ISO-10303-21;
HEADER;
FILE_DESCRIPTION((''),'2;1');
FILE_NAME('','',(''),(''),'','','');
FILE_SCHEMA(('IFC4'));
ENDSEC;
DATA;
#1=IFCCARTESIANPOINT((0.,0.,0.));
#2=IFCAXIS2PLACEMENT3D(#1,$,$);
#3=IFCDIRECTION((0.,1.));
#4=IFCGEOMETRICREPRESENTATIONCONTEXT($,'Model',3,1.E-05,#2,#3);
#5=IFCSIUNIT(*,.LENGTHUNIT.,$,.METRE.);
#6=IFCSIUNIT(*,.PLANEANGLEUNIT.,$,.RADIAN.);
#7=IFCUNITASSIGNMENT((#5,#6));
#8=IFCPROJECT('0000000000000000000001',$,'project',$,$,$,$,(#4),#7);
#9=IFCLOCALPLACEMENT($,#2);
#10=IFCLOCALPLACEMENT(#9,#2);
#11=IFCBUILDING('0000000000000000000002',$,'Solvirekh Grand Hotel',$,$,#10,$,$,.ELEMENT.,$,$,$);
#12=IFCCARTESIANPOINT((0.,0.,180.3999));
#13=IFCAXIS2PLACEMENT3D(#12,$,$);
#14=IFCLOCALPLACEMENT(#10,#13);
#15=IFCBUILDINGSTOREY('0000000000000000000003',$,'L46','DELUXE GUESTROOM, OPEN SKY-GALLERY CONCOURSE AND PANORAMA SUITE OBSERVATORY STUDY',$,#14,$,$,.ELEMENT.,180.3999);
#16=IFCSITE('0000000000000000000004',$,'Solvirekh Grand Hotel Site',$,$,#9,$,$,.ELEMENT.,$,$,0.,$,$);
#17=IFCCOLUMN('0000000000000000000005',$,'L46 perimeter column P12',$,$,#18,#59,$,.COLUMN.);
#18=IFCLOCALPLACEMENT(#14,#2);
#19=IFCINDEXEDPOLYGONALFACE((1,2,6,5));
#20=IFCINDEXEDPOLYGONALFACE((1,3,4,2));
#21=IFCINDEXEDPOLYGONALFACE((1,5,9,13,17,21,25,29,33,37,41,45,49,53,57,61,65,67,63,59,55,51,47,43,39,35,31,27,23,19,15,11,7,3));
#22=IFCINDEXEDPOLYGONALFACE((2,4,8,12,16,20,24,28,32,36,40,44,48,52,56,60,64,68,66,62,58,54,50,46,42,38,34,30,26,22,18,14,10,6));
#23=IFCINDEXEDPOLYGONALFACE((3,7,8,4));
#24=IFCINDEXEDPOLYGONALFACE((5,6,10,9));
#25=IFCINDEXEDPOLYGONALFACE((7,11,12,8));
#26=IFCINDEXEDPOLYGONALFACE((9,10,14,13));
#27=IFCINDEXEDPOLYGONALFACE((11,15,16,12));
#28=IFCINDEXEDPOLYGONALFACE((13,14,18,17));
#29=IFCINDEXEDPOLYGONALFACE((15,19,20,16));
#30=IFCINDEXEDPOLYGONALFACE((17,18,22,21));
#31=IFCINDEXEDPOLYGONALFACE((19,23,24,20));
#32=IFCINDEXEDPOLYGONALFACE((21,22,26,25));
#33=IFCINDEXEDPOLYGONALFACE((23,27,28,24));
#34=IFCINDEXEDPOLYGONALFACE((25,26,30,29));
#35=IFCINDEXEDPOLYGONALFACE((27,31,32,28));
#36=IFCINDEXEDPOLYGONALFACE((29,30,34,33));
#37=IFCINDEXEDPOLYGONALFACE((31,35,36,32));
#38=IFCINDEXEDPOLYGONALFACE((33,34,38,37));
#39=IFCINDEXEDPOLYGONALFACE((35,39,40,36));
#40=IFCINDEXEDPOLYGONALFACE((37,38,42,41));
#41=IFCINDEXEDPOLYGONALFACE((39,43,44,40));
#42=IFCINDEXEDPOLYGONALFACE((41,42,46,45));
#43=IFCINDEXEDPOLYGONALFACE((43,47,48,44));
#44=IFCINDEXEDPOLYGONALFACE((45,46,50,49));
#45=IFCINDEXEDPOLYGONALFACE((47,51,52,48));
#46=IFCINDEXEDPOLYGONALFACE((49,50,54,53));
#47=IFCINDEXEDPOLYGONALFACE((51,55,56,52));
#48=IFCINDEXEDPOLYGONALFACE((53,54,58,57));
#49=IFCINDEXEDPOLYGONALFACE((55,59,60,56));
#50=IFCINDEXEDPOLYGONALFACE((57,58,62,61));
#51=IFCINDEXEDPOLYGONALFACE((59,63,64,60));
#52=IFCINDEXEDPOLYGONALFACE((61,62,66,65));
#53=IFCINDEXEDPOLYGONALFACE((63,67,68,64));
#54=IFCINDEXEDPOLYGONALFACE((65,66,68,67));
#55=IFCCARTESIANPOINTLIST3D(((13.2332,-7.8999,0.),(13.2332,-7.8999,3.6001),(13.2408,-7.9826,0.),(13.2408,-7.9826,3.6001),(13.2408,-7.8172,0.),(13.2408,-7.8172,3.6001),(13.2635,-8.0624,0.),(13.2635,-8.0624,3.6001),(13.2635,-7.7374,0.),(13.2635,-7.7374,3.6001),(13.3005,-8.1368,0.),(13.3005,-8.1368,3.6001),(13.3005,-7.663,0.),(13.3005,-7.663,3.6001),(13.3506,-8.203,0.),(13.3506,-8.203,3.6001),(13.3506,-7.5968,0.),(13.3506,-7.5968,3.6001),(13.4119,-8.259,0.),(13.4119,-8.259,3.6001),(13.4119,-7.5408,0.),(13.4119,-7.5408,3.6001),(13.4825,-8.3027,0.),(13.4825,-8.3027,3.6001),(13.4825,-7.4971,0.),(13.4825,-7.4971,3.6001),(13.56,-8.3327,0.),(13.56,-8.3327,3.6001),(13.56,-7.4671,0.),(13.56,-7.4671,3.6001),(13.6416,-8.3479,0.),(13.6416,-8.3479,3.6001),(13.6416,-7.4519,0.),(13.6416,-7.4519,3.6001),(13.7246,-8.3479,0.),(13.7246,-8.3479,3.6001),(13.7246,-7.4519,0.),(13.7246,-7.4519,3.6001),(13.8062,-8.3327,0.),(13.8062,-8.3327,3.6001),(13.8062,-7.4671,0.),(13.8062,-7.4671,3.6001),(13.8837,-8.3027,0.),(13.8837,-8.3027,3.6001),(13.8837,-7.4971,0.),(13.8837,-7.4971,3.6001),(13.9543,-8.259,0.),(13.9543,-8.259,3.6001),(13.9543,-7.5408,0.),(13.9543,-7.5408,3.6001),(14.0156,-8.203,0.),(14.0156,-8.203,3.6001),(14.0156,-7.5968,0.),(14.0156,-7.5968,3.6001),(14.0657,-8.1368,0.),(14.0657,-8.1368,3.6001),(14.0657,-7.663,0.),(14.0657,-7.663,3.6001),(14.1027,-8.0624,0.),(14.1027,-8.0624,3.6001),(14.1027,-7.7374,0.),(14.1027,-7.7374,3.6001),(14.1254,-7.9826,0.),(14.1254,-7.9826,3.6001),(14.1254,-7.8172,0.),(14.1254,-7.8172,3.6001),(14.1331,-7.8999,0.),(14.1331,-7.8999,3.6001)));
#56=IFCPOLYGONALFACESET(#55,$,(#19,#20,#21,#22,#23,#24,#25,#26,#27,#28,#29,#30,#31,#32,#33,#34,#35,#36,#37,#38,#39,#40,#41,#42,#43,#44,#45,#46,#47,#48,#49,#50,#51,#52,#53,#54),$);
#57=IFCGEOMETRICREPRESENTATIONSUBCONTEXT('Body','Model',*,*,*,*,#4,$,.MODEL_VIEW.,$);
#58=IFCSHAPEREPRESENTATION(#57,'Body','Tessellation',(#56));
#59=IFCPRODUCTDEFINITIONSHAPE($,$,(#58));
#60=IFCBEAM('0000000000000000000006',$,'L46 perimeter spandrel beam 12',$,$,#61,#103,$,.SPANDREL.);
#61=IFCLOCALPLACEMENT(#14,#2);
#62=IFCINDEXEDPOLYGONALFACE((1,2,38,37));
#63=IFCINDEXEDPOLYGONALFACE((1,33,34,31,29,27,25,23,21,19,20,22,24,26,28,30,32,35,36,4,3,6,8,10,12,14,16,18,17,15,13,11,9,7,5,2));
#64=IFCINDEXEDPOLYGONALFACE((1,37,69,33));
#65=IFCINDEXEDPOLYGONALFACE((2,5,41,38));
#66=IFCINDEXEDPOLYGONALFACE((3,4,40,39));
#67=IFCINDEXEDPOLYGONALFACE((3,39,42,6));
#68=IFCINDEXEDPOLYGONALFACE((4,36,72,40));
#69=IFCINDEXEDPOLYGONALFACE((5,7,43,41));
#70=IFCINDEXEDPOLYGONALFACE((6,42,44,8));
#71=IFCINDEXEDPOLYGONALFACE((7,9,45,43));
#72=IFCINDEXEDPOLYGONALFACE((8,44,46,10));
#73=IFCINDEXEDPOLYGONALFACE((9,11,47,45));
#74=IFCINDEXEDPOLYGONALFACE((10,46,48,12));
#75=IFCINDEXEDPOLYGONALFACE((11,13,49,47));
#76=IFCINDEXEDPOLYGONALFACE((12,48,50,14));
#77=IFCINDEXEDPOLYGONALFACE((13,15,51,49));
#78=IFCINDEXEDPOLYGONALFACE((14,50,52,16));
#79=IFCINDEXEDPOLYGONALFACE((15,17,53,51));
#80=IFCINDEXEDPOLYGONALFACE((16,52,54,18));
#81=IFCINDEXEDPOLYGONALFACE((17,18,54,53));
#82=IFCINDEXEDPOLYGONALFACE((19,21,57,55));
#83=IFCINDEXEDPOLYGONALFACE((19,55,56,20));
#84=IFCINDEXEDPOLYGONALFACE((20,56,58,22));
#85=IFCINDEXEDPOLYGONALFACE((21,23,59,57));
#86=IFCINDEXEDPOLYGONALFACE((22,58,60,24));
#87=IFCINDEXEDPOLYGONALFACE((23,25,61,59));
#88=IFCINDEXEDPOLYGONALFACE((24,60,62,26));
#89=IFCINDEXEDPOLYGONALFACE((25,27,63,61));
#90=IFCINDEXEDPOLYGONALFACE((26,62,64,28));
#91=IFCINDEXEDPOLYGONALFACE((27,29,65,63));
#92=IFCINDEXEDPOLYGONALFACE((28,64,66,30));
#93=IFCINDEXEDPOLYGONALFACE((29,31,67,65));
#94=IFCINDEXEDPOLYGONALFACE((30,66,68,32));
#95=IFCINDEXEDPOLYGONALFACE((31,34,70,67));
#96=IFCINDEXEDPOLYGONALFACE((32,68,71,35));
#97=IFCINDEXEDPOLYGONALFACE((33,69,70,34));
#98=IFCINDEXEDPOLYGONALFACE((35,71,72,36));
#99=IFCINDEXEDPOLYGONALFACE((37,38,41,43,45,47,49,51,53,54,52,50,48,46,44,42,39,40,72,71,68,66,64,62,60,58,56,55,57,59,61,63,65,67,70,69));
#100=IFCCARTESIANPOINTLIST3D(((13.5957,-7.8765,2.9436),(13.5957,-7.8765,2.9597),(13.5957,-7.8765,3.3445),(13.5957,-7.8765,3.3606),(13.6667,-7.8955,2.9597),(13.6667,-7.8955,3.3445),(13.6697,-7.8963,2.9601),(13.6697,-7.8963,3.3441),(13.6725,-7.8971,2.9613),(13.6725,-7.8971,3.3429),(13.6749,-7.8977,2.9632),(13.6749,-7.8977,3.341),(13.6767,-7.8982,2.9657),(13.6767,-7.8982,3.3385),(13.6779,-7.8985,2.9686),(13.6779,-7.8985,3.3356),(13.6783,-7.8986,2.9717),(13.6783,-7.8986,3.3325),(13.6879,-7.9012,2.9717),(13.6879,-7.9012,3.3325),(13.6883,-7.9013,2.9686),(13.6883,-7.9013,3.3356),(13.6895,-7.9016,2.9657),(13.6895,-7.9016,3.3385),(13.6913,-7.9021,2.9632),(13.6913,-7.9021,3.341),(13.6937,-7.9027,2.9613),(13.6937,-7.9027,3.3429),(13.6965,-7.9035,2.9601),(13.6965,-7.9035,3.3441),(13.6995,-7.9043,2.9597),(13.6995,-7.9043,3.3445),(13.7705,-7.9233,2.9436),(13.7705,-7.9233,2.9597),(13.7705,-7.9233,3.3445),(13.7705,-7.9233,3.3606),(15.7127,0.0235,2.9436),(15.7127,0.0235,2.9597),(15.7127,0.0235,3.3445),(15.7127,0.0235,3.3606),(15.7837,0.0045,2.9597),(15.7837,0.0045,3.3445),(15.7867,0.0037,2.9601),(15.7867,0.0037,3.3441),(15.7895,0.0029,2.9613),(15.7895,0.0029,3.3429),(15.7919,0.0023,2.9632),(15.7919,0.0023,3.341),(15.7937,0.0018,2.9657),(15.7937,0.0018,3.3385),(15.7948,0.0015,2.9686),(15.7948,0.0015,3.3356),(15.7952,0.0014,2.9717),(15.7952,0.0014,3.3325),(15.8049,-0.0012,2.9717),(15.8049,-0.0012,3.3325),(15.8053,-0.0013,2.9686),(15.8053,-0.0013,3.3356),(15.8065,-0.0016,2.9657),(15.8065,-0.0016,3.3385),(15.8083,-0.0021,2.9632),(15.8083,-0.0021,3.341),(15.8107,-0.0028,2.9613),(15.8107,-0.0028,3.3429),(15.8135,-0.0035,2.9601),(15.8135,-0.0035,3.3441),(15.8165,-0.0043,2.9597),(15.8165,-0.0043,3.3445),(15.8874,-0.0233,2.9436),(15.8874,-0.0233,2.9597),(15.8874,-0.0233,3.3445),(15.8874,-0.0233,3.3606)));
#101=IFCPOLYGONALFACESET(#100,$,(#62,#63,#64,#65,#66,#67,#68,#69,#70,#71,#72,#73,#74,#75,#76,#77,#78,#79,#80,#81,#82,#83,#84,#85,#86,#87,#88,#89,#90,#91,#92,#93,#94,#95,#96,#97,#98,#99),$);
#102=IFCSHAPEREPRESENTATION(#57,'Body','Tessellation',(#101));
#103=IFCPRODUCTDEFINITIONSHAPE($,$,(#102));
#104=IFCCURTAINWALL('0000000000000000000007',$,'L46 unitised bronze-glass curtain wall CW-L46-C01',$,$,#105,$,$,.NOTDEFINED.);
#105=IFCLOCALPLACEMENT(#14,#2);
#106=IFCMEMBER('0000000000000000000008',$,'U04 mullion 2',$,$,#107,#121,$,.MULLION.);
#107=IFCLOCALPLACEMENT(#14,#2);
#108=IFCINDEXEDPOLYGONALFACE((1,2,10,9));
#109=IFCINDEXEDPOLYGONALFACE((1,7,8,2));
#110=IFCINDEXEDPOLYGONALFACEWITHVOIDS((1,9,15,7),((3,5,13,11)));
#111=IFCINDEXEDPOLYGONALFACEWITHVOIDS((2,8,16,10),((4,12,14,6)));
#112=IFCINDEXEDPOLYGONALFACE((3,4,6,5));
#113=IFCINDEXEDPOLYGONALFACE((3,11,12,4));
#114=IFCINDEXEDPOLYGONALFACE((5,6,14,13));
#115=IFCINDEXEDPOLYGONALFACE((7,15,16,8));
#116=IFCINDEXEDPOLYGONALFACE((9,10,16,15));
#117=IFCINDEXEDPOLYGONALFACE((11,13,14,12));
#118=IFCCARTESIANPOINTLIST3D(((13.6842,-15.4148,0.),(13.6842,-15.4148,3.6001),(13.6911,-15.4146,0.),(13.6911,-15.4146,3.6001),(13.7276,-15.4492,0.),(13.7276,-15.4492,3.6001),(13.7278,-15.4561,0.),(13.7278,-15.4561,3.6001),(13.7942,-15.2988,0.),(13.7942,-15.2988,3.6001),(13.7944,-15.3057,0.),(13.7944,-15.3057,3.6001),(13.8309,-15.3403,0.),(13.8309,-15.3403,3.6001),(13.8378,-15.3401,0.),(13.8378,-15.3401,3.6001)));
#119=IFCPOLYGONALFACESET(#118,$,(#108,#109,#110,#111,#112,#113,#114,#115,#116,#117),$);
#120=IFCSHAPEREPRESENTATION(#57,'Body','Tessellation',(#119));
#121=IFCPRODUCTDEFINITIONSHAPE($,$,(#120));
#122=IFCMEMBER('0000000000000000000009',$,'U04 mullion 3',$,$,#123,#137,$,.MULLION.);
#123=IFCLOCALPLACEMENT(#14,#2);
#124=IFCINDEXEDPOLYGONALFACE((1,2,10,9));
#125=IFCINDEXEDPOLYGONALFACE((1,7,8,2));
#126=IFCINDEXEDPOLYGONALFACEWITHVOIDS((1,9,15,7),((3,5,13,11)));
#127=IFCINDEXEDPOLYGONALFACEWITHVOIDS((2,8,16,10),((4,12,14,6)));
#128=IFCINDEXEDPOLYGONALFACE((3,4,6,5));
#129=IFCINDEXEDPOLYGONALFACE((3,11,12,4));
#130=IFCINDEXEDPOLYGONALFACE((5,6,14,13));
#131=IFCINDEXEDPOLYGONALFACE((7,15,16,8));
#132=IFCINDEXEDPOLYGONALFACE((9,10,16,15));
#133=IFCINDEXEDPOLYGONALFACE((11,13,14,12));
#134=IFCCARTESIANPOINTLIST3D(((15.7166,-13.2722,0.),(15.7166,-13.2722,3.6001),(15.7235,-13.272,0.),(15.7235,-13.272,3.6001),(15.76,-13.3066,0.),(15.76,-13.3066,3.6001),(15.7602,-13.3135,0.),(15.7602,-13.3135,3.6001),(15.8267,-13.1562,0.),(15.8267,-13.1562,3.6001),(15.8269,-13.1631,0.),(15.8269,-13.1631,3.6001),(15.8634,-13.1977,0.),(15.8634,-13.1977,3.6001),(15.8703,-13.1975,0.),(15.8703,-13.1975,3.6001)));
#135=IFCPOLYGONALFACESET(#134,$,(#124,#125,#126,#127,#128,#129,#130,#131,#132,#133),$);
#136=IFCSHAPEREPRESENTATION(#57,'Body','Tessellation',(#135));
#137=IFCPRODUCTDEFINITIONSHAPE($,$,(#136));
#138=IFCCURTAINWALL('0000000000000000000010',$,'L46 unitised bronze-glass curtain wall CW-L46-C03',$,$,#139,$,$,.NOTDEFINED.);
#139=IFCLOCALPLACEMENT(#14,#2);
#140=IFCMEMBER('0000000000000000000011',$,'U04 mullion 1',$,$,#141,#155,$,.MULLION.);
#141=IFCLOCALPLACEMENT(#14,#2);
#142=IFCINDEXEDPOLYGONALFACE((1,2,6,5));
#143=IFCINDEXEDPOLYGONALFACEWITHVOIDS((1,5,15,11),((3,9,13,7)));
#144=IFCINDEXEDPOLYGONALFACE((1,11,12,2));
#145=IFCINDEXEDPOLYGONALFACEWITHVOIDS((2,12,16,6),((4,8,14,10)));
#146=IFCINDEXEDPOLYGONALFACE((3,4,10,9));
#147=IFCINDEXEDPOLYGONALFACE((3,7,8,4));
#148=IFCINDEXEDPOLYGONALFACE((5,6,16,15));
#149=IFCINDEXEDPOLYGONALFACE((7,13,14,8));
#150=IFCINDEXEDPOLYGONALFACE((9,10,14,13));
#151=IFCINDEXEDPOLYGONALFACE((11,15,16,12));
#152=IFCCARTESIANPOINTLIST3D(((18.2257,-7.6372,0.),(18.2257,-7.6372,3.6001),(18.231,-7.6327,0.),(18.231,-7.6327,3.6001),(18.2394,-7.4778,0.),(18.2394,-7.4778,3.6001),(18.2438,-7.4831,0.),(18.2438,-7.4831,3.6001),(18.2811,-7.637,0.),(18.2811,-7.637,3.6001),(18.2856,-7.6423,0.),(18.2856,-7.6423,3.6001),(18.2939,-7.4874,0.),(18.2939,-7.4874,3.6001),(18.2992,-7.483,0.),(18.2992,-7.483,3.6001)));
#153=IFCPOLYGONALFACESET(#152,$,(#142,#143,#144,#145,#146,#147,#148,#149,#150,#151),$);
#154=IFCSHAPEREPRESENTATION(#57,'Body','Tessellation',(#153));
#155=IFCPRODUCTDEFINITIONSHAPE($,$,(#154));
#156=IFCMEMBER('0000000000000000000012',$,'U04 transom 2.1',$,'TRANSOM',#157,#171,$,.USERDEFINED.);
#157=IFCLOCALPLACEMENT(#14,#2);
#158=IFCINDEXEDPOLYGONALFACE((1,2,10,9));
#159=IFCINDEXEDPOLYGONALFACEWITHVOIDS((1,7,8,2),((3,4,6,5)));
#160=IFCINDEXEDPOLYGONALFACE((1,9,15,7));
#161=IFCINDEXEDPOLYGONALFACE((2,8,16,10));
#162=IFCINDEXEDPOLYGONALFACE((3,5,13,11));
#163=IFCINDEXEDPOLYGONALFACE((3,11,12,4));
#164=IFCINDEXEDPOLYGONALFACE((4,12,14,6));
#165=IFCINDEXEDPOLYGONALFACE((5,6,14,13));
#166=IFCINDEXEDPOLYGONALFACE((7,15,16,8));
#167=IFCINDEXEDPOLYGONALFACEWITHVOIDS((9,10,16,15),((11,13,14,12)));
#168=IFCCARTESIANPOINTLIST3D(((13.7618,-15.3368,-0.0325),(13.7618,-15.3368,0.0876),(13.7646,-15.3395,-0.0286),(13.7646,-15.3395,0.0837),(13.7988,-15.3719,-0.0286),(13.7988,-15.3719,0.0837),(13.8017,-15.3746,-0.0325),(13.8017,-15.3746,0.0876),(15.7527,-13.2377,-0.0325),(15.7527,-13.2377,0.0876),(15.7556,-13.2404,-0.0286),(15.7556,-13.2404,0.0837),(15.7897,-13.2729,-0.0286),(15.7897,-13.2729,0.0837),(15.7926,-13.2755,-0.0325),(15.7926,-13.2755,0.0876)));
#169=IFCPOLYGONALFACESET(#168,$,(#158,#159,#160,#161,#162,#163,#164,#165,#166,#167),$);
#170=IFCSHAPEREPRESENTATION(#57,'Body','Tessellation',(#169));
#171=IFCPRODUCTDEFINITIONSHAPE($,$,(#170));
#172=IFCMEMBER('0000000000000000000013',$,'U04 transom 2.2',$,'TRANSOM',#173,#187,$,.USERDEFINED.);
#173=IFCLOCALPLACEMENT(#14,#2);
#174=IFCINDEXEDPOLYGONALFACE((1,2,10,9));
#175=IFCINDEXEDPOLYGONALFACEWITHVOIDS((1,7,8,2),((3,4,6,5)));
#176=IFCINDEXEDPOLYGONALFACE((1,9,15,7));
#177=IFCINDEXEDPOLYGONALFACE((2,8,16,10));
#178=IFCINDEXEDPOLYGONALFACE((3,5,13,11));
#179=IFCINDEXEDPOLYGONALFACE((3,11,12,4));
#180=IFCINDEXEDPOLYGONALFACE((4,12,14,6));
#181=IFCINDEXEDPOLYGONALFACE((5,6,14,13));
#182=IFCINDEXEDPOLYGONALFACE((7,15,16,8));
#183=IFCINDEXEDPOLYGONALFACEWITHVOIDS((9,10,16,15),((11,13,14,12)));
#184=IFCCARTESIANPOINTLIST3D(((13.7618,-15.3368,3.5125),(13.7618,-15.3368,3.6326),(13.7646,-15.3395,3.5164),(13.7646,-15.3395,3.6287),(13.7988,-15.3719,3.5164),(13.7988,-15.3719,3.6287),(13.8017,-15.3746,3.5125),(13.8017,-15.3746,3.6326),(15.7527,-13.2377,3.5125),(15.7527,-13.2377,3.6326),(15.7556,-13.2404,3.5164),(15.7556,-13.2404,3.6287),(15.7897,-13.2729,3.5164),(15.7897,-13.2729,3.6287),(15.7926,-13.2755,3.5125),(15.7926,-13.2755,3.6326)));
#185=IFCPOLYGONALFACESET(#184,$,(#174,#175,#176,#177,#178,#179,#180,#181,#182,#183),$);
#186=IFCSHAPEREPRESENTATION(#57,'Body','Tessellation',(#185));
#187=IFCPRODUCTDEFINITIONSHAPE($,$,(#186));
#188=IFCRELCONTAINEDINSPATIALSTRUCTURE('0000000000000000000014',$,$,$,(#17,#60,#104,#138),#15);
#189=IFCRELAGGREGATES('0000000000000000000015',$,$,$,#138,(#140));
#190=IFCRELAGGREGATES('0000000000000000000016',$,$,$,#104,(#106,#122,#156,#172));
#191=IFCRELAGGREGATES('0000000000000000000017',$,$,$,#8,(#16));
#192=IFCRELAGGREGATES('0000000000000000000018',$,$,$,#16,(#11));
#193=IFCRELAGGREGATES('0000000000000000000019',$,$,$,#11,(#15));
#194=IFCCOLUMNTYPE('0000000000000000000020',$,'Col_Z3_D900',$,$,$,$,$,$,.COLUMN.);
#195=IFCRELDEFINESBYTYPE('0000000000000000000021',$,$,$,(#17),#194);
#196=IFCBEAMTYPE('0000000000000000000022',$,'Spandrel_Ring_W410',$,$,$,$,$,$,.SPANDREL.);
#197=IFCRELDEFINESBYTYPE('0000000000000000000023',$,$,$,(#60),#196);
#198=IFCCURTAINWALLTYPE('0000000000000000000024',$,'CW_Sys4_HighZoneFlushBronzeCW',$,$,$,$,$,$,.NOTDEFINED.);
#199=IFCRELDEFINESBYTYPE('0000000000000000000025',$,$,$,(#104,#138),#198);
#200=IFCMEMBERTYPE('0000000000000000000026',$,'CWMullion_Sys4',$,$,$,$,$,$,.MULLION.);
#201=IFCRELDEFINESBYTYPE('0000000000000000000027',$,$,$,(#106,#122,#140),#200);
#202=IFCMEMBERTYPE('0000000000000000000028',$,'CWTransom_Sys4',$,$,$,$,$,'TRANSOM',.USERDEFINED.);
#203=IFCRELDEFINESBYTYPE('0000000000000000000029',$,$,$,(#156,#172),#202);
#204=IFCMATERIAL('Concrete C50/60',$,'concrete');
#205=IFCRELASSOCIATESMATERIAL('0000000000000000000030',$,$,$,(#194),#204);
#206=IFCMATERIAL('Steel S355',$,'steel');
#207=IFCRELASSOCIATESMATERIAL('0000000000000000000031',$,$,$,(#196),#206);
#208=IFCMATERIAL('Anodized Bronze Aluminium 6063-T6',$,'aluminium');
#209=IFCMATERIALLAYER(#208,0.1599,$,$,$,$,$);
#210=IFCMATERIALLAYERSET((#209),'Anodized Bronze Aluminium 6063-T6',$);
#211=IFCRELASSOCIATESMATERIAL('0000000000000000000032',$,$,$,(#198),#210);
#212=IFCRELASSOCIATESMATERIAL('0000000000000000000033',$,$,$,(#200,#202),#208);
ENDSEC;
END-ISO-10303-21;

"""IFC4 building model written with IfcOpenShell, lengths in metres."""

from ifc_helpers import new_model, si_unit, direction, frame, origin, origin_2d, place, context, subcontext, project, spatial, hollow_rectangle, circle, i_section, extrude, source, transform, mapped, material, layer, layer_set, material_profile, profile_set, type_object, element, aggregate, save


model = new_model("IFC4")

# Units and contexts
model_context = context("Model", 3, precision=1e-05, world=origin(), true_north=direction((0.0, 1.0)))
body_context = subcontext(model_context, "Body", "Model", "MODEL_VIEW")
ifc_project = project(units=[si_unit("LENGTHUNIT", "METRE"), si_unit("PLANEANGLEUNIT", "RADIAN")], contexts=[model_context])

# Site, building, storey
site_placement = place(None, origin())
site = spatial("IfcSite", under=ifc_project, at=site_placement, Name="Solvirekh Grand Hotel Site", CompositionType="ELEMENT", RefElevation=0.0)
building_placement = place(site_placement, origin())
building = spatial("IfcBuilding", under=site, at=building_placement, Name="Solvirekh Grand Hotel", CompositionType="ELEMENT")
storey_placement = place(building_placement, frame((0.0, 0.0, 180.3999)))
storey = spatial("IfcBuildingStorey", under=building, at=storey_placement, Name="L46", Description="DELUXE GUESTROOM, OPEN SKY-GALLERY CONCOURSE AND PANORAMA SUITE OBSERVATORY STUDY", CompositionType="ELEMENT", Elevation=180.3999)

# Column
ifc_material_1 = material(Name="Concrete C50/60", Category="concrete")
ifc_material_profile_1 = material_profile(ifc_material_1, circle(Radius=0.45, at=origin_2d()), Name="RC CIRC D900")
ifc_profile_set_1 = profile_set([ifc_material_profile_1], Name="Concrete C50/60")
column_type = type_object("IfcColumnType", Name="Col_Z3_D900", PredefinedType="COLUMN", material=ifc_profile_set_1)
column_placement = place(storey_placement, frame((13.6831, -7.8999, 0.0), z_axis=(0.0, 0.0, 1.0), x_axis=(1.0, 0.0, 0.0)))
element("IfcColumn", 1, at=column_placement, inside=storey, type_object=column_type, Name="L46 perimeter column P12", PredefinedType="COLUMN", context=body_context, shape_type="SweptSolid", body=[
    extrude(circle(Radius=0.45, at=origin_2d()), origin(), (0.0, 0.0, 1.0), 3.6001),
])

# Beam
ifc_material_2 = material(Name="Steel S355", Category="steel")
ifc_material_profile_2 = material_profile(ifc_material_2, i_section(OverallWidth=0.1809, OverallDepth=0.417, WebThickness=0.01, FlangeThickness=0.0161, FilletRadius=0.012, at=origin_2d()), Name="W410X85")
ifc_profile_set_2 = profile_set([ifc_material_profile_2], Name="Steel S355")
beam_type = type_object("IfcBeamType", Name="Spandrel_Ring_W410", PredefinedType="SPANDREL", material=ifc_profile_set_2)
beam_placement = place(storey_placement, frame((13.6831, -7.8999, 3.1521), z_axis=(0.258839, 0.965921, 0.0), x_axis=(-0.965921, 0.258839, 0.0)))
element("IfcBeam", 2, at=beam_placement, inside=storey, type_object=beam_type, Name="L46 perimeter spandrel beam 12", PredefinedType="SPANDREL", context=body_context, shape_type="SweptSolid", body=[
    extrude(i_section(OverallWidth=0.1809, OverallDepth=0.417, WebThickness=0.01, FlangeThickness=0.0161, FilletRadius=0.012, at=origin_2d()), origin(), (0.0, 0.0, 1.0), 8.1787),
])

# Curtain wall, members
ifc_material_3 = material(Name="Anodized Bronze Aluminium 6063-T6", Category="aluminium")
ifc_layer_1 = layer(ifc_material_3, 0.1599)
ifc_layer_set_1 = layer_set([ifc_layer_1], Name="Anodized Bronze Aluminium 6063-T6")
curtain_wall_type = type_object("IfcCurtainWallType", Name="CW_Sys4_HighZoneFlushBronzeCW", PredefinedType="NOTDEFINED", material=ifc_layer_set_1)
curtain_wall_1_placement = place(storey_placement, origin())
curtain_wall_1 = element("IfcCurtainWall", 3, at=curtain_wall_1_placement, inside=storey, type_object=curtain_wall_type, Name="L46 unitised bronze-glass curtain wall CW-L46-C01", PredefinedType="NOTDEFINED")
ifc_material_profile_3 = material_profile(ifc_material_3, hollow_rectangle(XDim=0.0601, YDim=0.1599, WallThickness=0.0049, at=origin_2d()), Name="ALU RHS 160X60X5")
ifc_profile_set_3 = profile_set([ifc_material_profile_3], Name="Anodized Bronze Aluminium 6063-T6")
member_type_1 = type_object("IfcMemberType", Name="CWMullion_Sys4", PredefinedType="MULLION", material=ifc_profile_set_3)
shared_shape_1 = source(origin(), body_context, "Body", "SweptSolid", [
    extrude(hollow_rectangle(XDim=0.0601, YDim=0.1599, WallThickness=0.0049, at=origin_2d()), origin(), (0.0, 0.0, 1.0), 3.6001),
])
member_1_placement = place(storey_placement, frame((13.761, -15.3774, 0.0), z_axis=(0.0, 0.0, 1.0), x_axis=(-0.725547, 0.688172, 0.0)))
member_1 = element("IfcMember", 4, at=member_1_placement, type_object=member_type_1, Name="U04 mullion 2", PredefinedType="MULLION", context=body_context, shape_type="MappedRepresentation", body=[
    mapped(shared_shape_1, transform((0.0, 0.0, 0.0), x_axis=(1.0, 0.0, 0.0), y_axis=(0.0, 1.0, 0.0), z_axis=(0.0, 0.0, 1.0), scale=1.0)),
])
member_2_placement = place(storey_placement, frame((15.7935, -13.2349, 0.0), z_axis=(0.0, 0.0, 1.0), x_axis=(-0.725547, 0.688172, 0.0)))
member_2 = element("IfcMember", 5, at=member_2_placement, type_object=member_type_1, Name="U04 mullion 3", PredefinedType="MULLION", context=body_context, shape_type="MappedRepresentation", body=[
    mapped(shared_shape_1, transform((0.0, 0.0, 0.0), x_axis=(1.0, 0.0, 0.0), y_axis=(0.0, 1.0, 0.0), z_axis=(0.0, 0.0, 1.0), scale=1.0)),
])

# Curtain wall, member
curtain_wall_2_placement = place(storey_placement, origin())
curtain_wall_2 = element("IfcCurtainWall", 6, at=curtain_wall_2_placement, inside=storey, type_object=curtain_wall_type, Name="L46 unitised bronze-glass curtain wall CW-L46-C03", PredefinedType="NOTDEFINED")
member_3_placement = place(storey_placement, frame((18.2625, -7.5601, 0.0), z_axis=(0.0, 0.0, 1.0), x_axis=(-0.996355, 0.085299, 0.0)))
member_3 = element("IfcMember", 7, at=member_3_placement, type_object=member_type_1, Name="U04 mullion 1", PredefinedType="MULLION", context=body_context, shape_type="MappedRepresentation", body=[
    mapped(shared_shape_1, transform((0.0, 0.0, 0.0), x_axis=(1.0, 0.0, 0.0), y_axis=(0.0, 1.0, 0.0), z_axis=(0.0, 0.0, 1.0), scale=1.0)),
])

# Members
ifc_material_profile_4 = material_profile(ifc_material_3, hollow_rectangle(XDim=0.0549, YDim=0.1201, WallThickness=0.0039, at=origin_2d()), Name="ALU RHS 120X55X4")
ifc_profile_set_4 = profile_set([ifc_material_profile_4], Name="Anodized Bronze Aluminium 6063-T6")
member_type_2 = type_object("IfcMemberType", Name="CWTransom_Sys4", ElementType="TRANSOM", PredefinedType="USERDEFINED", material=ifc_profile_set_4)
shared_shape_2 = source(origin(), body_context, "Body", "SweptSolid", [
    extrude(hollow_rectangle(XDim=0.0549, YDim=0.1201, WallThickness=0.0039, at=origin_2d()), origin(), (0.0, 0.0, 1.0), 2.8931),
])
member_4_placement = place(storey_placement, frame((13.7817, -15.3557, 0.0276), z_axis=(0.688168, 0.725551, 0.0), x_axis=(-0.725551, 0.688168, 0.0)))
member_4 = element("IfcMember", 8, at=member_4_placement, type_object=member_type_2, Name="U04 transom 2.1", ObjectType="TRANSOM", PredefinedType="USERDEFINED", context=body_context, shape_type="MappedRepresentation", body=[
    mapped(shared_shape_2, transform((0.0, 0.0, 0.0), x_axis=(1.0, 0.0, 0.0), y_axis=(0.0, 1.0, 0.0), z_axis=(0.0, 0.0, 1.0), scale=1.0)),
])
member_5_placement = place(storey_placement, frame((13.7817, -15.3557, 3.5725), z_axis=(0.688168, 0.725551, 0.0), x_axis=(-0.725551, 0.688168, 0.0)))
member_5 = element("IfcMember", 9, at=member_5_placement, type_object=member_type_2, Name="U04 transom 2.2", ObjectType="TRANSOM", PredefinedType="USERDEFINED", context=body_context, shape_type="MappedRepresentation", body=[
    mapped(shared_shape_2, transform((0.0, 0.0, 0.0), x_axis=(1.0, 0.0, 0.0), y_axis=(0.0, 1.0, 0.0), z_axis=(0.0, 0.0, 1.0), scale=1.0)),
])
aggregate(curtain_wall_2, [member_3])

aggregate(curtain_wall_1, [member_1, member_2, member_4, member_5])

save(model, "model.ifc")
